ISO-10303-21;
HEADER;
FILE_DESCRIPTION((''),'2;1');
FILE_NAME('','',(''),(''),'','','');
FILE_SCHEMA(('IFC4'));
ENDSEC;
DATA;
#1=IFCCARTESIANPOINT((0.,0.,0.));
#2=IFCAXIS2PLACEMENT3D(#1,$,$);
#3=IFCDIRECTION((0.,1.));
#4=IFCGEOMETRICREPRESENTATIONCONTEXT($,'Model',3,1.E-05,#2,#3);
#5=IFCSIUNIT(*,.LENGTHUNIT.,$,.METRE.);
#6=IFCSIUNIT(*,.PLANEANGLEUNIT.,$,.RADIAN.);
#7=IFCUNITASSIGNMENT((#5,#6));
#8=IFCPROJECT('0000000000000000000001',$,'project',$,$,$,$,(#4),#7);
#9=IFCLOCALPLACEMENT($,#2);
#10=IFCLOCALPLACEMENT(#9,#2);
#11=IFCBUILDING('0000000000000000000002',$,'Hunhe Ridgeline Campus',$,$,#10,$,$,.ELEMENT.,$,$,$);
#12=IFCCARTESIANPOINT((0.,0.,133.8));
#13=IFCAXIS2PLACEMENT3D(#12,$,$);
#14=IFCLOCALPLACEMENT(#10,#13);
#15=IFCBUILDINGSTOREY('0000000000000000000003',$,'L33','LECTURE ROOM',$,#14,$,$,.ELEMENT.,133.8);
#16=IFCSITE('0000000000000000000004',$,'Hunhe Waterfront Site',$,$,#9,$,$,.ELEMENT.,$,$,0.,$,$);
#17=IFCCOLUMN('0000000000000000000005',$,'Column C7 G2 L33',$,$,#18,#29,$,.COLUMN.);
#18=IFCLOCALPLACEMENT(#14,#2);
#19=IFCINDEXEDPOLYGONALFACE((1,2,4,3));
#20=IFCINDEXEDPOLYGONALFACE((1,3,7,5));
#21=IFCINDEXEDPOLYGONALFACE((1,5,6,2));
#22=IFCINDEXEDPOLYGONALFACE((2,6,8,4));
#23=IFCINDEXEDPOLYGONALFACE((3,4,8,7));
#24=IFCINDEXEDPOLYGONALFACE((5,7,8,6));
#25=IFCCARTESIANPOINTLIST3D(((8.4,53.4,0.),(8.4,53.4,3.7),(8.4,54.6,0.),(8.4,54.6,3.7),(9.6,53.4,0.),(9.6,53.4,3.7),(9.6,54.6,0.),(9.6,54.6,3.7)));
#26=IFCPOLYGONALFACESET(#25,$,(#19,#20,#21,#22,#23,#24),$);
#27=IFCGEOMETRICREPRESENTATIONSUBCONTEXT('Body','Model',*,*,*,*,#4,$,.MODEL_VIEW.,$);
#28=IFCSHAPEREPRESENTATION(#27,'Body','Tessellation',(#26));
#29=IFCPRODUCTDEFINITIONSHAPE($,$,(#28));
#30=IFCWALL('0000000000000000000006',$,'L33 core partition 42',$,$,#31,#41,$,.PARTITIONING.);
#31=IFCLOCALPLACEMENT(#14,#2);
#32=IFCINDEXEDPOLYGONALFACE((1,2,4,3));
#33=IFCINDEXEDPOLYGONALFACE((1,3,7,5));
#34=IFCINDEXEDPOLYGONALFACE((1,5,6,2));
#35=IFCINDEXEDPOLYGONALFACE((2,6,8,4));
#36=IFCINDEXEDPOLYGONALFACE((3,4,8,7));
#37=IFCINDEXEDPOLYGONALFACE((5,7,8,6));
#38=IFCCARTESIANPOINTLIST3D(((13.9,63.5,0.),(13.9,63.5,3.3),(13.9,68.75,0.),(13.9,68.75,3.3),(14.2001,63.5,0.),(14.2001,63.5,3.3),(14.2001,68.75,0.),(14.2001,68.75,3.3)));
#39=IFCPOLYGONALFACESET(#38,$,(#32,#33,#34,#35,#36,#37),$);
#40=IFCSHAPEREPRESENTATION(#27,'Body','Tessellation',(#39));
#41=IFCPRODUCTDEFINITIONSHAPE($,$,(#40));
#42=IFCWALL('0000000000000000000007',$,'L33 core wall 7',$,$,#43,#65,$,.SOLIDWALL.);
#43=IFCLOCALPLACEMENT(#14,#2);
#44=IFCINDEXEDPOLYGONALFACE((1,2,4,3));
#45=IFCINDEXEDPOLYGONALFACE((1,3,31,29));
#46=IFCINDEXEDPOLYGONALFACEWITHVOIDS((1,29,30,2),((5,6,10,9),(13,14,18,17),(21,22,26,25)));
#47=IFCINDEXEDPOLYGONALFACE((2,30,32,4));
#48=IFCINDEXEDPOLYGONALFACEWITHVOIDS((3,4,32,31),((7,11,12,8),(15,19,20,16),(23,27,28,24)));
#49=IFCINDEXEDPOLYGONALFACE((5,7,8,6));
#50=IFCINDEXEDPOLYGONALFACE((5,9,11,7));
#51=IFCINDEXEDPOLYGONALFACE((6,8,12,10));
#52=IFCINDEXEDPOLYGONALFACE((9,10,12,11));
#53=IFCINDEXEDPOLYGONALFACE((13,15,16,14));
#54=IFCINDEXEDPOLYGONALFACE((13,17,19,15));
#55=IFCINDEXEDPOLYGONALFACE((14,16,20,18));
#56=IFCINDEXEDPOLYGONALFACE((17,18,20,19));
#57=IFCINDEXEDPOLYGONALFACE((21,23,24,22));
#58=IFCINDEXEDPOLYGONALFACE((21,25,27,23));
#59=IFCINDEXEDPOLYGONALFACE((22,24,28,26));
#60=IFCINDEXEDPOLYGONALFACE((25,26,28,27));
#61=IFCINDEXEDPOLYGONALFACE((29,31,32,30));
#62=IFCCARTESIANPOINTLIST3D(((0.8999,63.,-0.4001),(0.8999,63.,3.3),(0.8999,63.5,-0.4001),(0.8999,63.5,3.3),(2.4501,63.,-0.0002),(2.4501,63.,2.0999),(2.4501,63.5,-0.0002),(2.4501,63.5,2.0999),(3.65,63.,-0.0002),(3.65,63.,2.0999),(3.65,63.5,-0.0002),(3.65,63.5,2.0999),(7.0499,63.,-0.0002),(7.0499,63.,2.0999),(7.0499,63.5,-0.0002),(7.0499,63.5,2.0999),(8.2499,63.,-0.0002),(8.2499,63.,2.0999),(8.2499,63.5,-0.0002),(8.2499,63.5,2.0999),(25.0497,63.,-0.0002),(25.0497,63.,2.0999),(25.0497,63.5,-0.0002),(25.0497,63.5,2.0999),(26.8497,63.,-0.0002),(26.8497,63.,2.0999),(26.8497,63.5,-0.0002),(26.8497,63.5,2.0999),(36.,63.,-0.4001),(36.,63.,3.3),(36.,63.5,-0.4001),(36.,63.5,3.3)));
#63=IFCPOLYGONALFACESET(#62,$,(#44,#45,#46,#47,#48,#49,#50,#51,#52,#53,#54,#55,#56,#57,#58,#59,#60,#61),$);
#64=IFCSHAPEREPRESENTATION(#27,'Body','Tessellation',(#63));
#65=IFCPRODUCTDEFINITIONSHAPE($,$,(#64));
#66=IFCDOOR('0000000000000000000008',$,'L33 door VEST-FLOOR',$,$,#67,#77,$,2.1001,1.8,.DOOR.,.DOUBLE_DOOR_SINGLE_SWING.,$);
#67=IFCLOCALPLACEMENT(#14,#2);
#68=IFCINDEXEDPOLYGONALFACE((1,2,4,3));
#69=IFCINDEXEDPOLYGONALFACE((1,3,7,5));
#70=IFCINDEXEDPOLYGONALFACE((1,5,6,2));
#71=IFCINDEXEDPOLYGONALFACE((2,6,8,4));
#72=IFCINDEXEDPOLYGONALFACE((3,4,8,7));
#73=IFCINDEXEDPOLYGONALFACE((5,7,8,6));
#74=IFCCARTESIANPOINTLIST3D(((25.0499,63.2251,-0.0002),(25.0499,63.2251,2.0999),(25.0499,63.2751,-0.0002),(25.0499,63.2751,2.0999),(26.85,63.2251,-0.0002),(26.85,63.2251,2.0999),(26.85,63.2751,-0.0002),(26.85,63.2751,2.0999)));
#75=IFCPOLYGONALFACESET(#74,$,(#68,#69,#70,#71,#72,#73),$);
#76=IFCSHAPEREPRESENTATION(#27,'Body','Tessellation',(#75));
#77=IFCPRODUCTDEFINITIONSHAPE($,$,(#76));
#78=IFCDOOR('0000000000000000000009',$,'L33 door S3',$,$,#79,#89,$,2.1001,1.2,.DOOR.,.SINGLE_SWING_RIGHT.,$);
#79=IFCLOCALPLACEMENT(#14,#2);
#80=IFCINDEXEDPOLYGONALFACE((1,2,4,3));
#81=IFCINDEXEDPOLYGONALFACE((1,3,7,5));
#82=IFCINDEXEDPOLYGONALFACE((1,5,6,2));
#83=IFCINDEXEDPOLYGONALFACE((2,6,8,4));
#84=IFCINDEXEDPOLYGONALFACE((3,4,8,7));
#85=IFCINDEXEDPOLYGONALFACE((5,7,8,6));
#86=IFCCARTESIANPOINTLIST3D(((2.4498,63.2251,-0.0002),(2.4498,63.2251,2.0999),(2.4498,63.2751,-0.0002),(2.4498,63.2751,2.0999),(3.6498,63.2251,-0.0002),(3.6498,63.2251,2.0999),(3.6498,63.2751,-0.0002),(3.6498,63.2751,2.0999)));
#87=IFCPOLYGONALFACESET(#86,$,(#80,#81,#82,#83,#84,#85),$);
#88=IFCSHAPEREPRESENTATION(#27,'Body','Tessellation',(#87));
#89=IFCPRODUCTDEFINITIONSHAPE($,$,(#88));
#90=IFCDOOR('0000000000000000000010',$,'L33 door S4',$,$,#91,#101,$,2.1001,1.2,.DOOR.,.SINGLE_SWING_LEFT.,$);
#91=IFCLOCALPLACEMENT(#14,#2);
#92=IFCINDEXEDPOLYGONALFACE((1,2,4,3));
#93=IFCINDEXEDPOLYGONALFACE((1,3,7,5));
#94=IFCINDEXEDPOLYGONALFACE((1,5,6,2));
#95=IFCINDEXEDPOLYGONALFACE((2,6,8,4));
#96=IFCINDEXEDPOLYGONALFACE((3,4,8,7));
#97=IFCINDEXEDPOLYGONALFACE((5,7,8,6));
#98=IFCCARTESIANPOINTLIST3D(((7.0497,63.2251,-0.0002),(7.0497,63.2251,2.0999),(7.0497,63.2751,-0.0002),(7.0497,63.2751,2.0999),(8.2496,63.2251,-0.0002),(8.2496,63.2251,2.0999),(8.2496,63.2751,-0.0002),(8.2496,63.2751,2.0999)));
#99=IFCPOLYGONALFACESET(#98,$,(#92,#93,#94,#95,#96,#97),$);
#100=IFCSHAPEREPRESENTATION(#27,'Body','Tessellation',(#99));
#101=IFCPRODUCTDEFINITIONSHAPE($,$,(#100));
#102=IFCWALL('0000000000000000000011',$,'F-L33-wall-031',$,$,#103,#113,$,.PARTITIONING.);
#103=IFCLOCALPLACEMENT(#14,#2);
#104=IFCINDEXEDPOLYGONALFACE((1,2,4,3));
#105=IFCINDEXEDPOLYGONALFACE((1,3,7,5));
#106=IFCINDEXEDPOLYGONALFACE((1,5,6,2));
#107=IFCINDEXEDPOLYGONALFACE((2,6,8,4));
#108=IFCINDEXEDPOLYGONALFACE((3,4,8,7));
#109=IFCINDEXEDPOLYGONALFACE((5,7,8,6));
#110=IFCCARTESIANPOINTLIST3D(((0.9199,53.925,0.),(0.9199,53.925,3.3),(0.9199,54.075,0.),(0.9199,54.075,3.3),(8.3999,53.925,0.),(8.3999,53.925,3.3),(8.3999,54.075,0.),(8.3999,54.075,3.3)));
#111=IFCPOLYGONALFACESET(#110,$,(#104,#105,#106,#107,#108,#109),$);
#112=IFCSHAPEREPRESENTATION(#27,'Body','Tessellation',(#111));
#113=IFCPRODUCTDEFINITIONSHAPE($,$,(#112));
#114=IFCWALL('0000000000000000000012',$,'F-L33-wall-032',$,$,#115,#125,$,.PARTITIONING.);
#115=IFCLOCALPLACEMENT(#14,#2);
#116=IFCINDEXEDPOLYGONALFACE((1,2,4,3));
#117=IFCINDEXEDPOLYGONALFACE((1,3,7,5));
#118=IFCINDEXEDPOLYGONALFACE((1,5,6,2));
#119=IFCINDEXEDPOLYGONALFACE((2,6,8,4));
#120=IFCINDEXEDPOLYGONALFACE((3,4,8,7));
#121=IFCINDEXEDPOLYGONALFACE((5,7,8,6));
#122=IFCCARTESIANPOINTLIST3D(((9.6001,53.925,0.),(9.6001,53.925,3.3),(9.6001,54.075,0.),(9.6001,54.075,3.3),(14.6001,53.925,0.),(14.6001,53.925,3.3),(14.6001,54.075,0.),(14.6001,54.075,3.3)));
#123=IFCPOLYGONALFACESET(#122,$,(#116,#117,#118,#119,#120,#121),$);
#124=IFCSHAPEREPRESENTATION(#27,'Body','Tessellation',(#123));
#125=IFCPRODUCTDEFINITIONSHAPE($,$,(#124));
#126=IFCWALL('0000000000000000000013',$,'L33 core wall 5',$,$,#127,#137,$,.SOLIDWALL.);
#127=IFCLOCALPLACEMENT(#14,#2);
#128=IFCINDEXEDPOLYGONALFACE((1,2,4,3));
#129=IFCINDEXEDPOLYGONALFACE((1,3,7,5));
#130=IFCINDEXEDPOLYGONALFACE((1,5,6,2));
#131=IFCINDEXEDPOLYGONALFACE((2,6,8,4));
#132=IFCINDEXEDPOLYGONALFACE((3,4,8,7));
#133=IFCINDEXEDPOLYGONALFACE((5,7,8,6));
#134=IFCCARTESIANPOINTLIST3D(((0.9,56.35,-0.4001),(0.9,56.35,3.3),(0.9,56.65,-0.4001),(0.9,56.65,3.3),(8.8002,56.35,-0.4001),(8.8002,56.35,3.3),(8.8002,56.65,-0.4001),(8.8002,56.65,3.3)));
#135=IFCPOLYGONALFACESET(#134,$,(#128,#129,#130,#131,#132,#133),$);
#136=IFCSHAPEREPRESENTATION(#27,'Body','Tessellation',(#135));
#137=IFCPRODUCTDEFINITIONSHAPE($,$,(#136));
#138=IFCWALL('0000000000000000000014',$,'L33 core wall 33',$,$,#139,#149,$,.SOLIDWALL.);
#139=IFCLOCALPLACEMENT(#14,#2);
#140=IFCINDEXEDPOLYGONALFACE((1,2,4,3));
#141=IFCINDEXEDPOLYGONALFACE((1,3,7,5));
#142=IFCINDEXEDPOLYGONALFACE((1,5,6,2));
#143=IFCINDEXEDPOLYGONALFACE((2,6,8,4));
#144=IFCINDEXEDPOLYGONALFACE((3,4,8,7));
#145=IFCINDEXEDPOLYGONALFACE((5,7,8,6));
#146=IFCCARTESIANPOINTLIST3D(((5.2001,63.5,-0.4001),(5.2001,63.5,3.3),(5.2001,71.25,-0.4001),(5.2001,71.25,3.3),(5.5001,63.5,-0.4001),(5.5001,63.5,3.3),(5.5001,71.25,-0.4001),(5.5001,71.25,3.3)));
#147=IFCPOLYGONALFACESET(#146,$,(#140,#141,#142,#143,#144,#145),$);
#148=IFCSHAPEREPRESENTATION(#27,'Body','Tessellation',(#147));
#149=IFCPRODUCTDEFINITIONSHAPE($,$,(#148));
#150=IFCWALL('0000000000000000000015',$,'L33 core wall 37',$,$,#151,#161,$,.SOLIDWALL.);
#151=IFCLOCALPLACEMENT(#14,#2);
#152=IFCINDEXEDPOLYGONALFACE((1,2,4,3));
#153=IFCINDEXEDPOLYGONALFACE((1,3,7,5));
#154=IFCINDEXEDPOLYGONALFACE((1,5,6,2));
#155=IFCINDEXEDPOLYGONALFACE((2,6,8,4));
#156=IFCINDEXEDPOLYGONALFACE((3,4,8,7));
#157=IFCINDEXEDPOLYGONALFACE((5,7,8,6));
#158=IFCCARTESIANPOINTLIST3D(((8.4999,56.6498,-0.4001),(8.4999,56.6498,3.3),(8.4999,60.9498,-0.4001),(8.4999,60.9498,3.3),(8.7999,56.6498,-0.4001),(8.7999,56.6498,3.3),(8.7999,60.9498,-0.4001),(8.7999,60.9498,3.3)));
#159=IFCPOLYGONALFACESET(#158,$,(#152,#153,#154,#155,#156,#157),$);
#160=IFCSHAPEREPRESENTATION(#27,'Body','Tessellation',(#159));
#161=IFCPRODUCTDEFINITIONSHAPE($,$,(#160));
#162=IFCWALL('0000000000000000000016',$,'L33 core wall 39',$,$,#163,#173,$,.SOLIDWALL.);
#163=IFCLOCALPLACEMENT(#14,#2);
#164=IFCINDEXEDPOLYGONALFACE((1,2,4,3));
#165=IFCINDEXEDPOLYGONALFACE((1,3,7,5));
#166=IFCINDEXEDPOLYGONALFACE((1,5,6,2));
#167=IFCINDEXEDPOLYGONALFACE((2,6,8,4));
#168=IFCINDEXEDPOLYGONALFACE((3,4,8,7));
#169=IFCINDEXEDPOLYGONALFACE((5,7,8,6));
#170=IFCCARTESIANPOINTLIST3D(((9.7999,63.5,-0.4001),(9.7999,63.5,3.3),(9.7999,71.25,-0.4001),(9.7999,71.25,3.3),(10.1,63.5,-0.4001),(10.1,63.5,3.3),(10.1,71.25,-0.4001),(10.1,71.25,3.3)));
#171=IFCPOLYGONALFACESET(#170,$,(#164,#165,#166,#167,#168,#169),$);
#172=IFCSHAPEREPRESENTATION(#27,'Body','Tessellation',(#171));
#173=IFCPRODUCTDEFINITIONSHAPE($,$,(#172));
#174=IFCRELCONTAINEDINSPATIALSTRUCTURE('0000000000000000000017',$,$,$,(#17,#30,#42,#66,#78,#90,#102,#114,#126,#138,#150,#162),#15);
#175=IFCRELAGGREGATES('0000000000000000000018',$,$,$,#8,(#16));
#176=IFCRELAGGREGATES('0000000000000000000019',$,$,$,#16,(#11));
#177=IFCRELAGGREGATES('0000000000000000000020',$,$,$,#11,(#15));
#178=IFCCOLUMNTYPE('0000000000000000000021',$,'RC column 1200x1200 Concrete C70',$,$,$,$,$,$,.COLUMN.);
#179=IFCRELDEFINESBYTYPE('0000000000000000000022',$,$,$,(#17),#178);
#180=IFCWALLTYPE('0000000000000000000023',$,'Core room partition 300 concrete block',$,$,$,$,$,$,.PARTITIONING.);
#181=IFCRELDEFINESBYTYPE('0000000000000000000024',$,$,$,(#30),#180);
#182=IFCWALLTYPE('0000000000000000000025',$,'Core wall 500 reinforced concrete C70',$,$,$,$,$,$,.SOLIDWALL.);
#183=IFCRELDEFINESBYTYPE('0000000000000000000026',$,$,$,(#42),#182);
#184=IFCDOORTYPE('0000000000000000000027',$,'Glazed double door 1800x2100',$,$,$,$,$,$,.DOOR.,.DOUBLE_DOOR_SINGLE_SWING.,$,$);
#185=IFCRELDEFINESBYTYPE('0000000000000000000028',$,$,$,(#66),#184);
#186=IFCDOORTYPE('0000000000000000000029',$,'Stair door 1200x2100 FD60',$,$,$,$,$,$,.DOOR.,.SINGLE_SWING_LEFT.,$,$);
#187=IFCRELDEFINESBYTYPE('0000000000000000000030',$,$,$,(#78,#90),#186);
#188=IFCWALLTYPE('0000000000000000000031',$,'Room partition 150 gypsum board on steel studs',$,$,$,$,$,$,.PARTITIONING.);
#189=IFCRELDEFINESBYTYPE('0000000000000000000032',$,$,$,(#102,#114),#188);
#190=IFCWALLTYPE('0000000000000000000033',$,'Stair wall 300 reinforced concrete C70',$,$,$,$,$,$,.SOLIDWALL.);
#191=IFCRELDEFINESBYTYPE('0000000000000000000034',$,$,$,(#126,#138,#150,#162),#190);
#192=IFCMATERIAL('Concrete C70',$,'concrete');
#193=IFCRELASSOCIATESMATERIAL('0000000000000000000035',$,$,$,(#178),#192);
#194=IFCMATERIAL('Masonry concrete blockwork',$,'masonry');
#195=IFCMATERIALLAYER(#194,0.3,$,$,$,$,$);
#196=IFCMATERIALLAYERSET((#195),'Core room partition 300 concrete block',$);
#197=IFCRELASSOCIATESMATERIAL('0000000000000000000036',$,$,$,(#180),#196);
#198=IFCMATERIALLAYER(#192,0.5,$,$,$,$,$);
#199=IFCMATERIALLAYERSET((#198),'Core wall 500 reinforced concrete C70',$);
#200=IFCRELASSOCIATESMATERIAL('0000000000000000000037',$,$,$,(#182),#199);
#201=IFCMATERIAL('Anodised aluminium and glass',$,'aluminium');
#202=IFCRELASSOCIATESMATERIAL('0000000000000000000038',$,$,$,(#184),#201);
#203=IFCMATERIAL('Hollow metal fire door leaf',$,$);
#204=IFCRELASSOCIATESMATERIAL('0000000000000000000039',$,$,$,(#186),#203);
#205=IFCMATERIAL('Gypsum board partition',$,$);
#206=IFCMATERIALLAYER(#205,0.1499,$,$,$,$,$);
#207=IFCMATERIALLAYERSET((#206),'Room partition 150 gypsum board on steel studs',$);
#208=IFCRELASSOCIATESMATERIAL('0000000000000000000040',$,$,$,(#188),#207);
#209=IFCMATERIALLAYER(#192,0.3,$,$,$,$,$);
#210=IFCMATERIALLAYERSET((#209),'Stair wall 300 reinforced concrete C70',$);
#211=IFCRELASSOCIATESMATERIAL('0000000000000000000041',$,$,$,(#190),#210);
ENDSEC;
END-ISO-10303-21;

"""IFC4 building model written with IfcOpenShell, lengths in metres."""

from ifc_helpers import new_model, si_unit, direction, frame, frame_2d, origin, origin_2d, place, context, subcontext, project, spatial, rectangle, extrude, material, layer, layer_set, material_profile, profile_set, type_object, element, fill, save


model = new_model("IFC4")

# Units and contexts
model_context = context("Model", 3, precision=1e-05, world=origin(), true_north=direction((0.0, 1.0)))
body_context = subcontext(model_context, "Body", "Model", "MODEL_VIEW")
ifc_project = project(units=[si_unit("LENGTHUNIT", "METRE"), si_unit("PLANEANGLEUNIT", "RADIAN")], contexts=[model_context])

# Site, building, storey
site_placement = place(None, origin())
site = spatial("IfcSite", under=ifc_project, at=site_placement, Name="Hunhe Waterfront Site", CompositionType="ELEMENT", RefElevation=0.0)
building_placement = place(site_placement, origin())
building = spatial("IfcBuilding", under=site, at=building_placement, Name="Hunhe Ridgeline Campus", CompositionType="ELEMENT")
storey_placement = place(building_placement, frame((0.0, 0.0, 133.8)))
storey = spatial("IfcBuildingStorey", under=building, at=storey_placement, Name="L33", Description="LECTURE ROOM", CompositionType="ELEMENT", Elevation=133.8)

# Column
ifc_material_1 = material(Name="Concrete C70", Category="concrete")
ifc_material_profile = material_profile(ifc_material_1, rectangle(XDim=1.2, YDim=1.2, at=origin_2d()))
ifc_profile_set = profile_set([ifc_material_profile], Name="Concrete C70")
column_type = type_object("IfcColumnType", Name="RC column 1200x1200 Concrete C70", PredefinedType="COLUMN", material=ifc_profile_set)
column_placement = place(storey_placement, frame((9.0, 54.0, 0.0), z_axis=(0.0, 0.0, 1.0), x_axis=(1.0, 0.0, 0.0)))
element("IfcColumn", 1, at=column_placement, inside=storey, type_object=column_type, Name="Column C7 G2 L33", PredefinedType="COLUMN", context=body_context, shape_type="SweptSolid", body=[
    extrude(rectangle(XDim=1.2, YDim=1.2, at=origin_2d()), origin(), (0.0, 0.0, 1.0), 3.7),
])

# Shared definitions
ifc_material_2 = material(Name="Masonry concrete blockwork", Category="masonry")
ifc_layer_1 = layer(ifc_material_2, 0.3)
ifc_layer_set_1 = layer_set([ifc_layer_1], Name="Core room partition 300 concrete block")
wall_type_1 = type_object("IfcWallType", Name="Core room partition 300 concrete block", PredefinedType="PARTITIONING", material=ifc_layer_set_1)

# Wall
wall_1_placement = place(storey_placement, frame((14.05, 63.5, 0.0), z_axis=(0.0, 0.0, 1.0), x_axis=(0.0, 1.0, 0.0)))
element("IfcWall", 2, at=wall_1_placement, inside=storey, type_object=wall_type_1, Name="L33 core partition 42", PredefinedType="PARTITIONING", context=body_context, shape_type="SweptSolid", body=[
    extrude(rectangle(XDim=5.25, YDim=0.3, at=frame_2d((2.625, 0.0))), origin(), (0.0, 0.0, 1.0), 3.3),
])

# Wall, openings, doors
ifc_layer_2 = layer(ifc_material_1, 0.5)
ifc_layer_set_2 = layer_set([ifc_layer_2], Name="Core wall 500 reinforced concrete C70")
wall_type_2 = type_object("IfcWallType", Name="Core wall 500 reinforced concrete C70", PredefinedType="SOLIDWALL", material=ifc_layer_set_2)
wall_2_placement = place(storey_placement, frame((0.8999, 63.25, -0.4001), z_axis=(0.0, 0.0, 1.0), x_axis=(1.0, 0.0, 0.0)))
wall_2 = element("IfcWall", 3, at=wall_2_placement, inside=storey, type_object=wall_type_2, Name="L33 core wall 7", PredefinedType="SOLIDWALL", context=body_context, shape_type="SweptSolid", body=[
    extrude(rectangle(XDim=35.1001, YDim=0.5, at=frame_2d((17.55, 0.0))), origin(), (0.0, 0.0, 1.0), 3.7002),
])
opening_1_placement = place(wall_2_placement, frame((24.1499, 0.0, 0.3999)))
opening_1 = element("IfcOpeningElement", 4, at=opening_1_placement, cuts=wall_2, PredefinedType="OPENING", context=body_context, shape_type="SweptSolid", body=[
    extrude(rectangle(XDim=1.8, YDim=2.1001, at=frame_2d((0.8999, 1.05))), frame((0.0, 0.25, 0.0), z_axis=(0.0, -1.0, 0.0), x_axis=(1.0, 0.0, 0.0)), (0.0, 0.0, 1.0), 0.5),
])
opening_2_placement = place(wall_2_placement, frame((1.55, 0.0, 0.3999)))
opening_2 = element("IfcOpeningElement", 5, at=opening_2_placement, cuts=wall_2, PredefinedType="OPENING", context=body_context, shape_type="SweptSolid", body=[
    extrude(rectangle(XDim=1.2, YDim=2.1001, at=frame_2d((0.6001, 1.05))), frame((0.0, 0.25, 0.0), z_axis=(0.0, -1.0, 0.0), x_axis=(1.0, 0.0, 0.0)), (0.0, 0.0, 1.0), 0.5),
])
opening_3_placement = place(wall_2_placement, frame((6.1499, 0.0, 0.3999)))
opening_3 = element("IfcOpeningElement", 6, at=opening_3_placement, cuts=wall_2, PredefinedType="OPENING", context=body_context, shape_type="SweptSolid", body=[
    extrude(rectangle(XDim=1.2, YDim=2.1001, at=frame_2d((0.6001, 1.05))), frame((0.0, 0.25, 0.0), z_axis=(0.0, -1.0, 0.0), x_axis=(1.0, 0.0, 0.0)), (0.0, 0.0, 1.0), 0.5),
])
ifc_material_3 = material(Name="Anodised aluminium and glass", Category="aluminium")
door_type_1 = type_object("IfcDoorType", Name="Glazed double door 1800x2100", OperationType="DOUBLE_DOOR_SINGLE_SWING", PredefinedType="DOOR", material=ifc_material_3)
door_1_placement = place(opening_1_placement, frame((1.8, 0.0, 0.0), z_axis=(0.0, 0.0, 1.0), x_axis=(-1.0, 0.0, 0.0)))
door_1 = element("IfcDoor", 7, at=door_1_placement, inside=storey, type_object=door_type_1, Name="L33 door VEST-FLOOR", OperationType="DOUBLE_DOOR_SINGLE_SWING", OverallHeight=2.1001, OverallWidth=1.8, PredefinedType="DOOR", context=body_context, shape_type="SweptSolid", body=[
    extrude(rectangle(XDim=1.8, YDim=2.1001, at=frame_2d((0.8999, 1.05))), frame((0.0, 0.0249, 0.0), z_axis=(0.0, -1.0, 0.0), x_axis=(1.0, 0.0, 0.0)), (0.0, 0.0, 1.0), 0.05),
])
fill(opening_1, door_1)
ifc_material_4 = material(Name="Hollow metal fire door leaf")
door_type_2 = type_object("IfcDoorType", Name="Stair door 1200x2100 FD60", OperationType="SINGLE_SWING_LEFT", PredefinedType="DOOR", material=ifc_material_4)
door_2_placement = place(opening_2_placement, frame((1.2, 0.0, 0.0), z_axis=(0.0, 0.0, 1.0), x_axis=(-1.0, 0.0, 0.0)))
door_2 = element("IfcDoor", 8, at=door_2_placement, inside=storey, type_object=door_type_2, Name="L33 door S3", OperationType="SINGLE_SWING_RIGHT", OverallHeight=2.1001, OverallWidth=1.2, PredefinedType="DOOR", context=body_context, shape_type="SweptSolid", body=[
    extrude(rectangle(XDim=1.2, YDim=2.1001, at=frame_2d((0.6001, 1.05))), frame((0.0, 0.0249, 0.0), z_axis=(0.0, -1.0, 0.0), x_axis=(1.0, 0.0, 0.0)), (0.0, 0.0, 1.0), 0.05),
])
fill(opening_2, door_2)
door_3_placement = place(opening_3_placement, frame((1.2, 0.0, 0.0), z_axis=(0.0, 0.0, 1.0), x_axis=(-1.0, 0.0, 0.0)))
door_3 = element("IfcDoor", 9, at=door_3_placement, inside=storey, type_object=door_type_2, Name="L33 door S4", OperationType="SINGLE_SWING_LEFT", OverallHeight=2.1001, OverallWidth=1.2, PredefinedType="DOOR", context=body_context, shape_type="SweptSolid", body=[
    extrude(rectangle(XDim=1.2, YDim=2.1001, at=frame_2d((0.6001, 1.05))), frame((0.0, 0.0249, 0.0), z_axis=(0.0, -1.0, 0.0), x_axis=(1.0, 0.0, 0.0)), (0.0, 0.0, 1.0), 0.05),
])
fill(opening_3, door_3)

# Walls
ifc_material_5 = material(Name="Gypsum board partition")
ifc_layer_3 = layer(ifc_material_5, 0.1499)
ifc_layer_set_3 = layer_set([ifc_layer_3], Name="Room partition 150 gypsum board on steel studs")
wall_type_3 = type_object("IfcWallType", Name="Room partition 150 gypsum board on steel studs", PredefinedType="PARTITIONING", material=ifc_layer_set_3)
wall_3_placement = place(storey_placement, frame((0.9199, 54.0, 0.0), z_axis=(0.0, 0.0, 1.0), x_axis=(1.0, 0.0, 0.0)))
element("IfcWall", 10, at=wall_3_placement, inside=storey, type_object=wall_type_3, Name="F-L33-wall-031", PredefinedType="PARTITIONING", context=body_context, shape_type="SweptSolid", body=[
    extrude(rectangle(XDim=7.48, YDim=0.1499, at=frame_2d((3.74, 0.0))), origin(), (0.0, 0.0, 1.0), 3.3),
])
wall_4_placement = place(storey_placement, frame((9.6001, 54.0, 0.0), z_axis=(0.0, 0.0, 1.0), x_axis=(1.0, 0.0, 0.0)))
element("IfcWall", 11, at=wall_4_placement, inside=storey, type_object=wall_type_3, Name="F-L33-wall-032", PredefinedType="PARTITIONING", context=body_context, shape_type="SweptSolid", body=[
    extrude(rectangle(XDim=5.0, YDim=0.1499, at=frame_2d((2.5, 0.0))), origin(), (0.0, 0.0, 1.0), 3.3),
])
ifc_layer_4 = layer(ifc_material_1, 0.3)
ifc_layer_set_4 = layer_set([ifc_layer_4], Name="Stair wall 300 reinforced concrete C70")
wall_type_4 = type_object("IfcWallType", Name="Stair wall 300 reinforced concrete C70", PredefinedType="SOLIDWALL", material=ifc_layer_set_4)
wall_5_placement = place(storey_placement, frame((0.8999, 56.5, -0.4001), z_axis=(0.0, 0.0, 1.0), x_axis=(1.0, 0.0, 0.0)))
element("IfcWall", 12, at=wall_5_placement, inside=storey, type_object=wall_type_4, Name="L33 core wall 5", PredefinedType="SOLIDWALL", context=body_context, shape_type="SweptSolid", body=[
    extrude(rectangle(XDim=7.9001, YDim=0.3, at=frame_2d((3.9502, 0.0))), origin(), (0.0, 0.0, 1.0), 3.7002),
])

# Walls
wall_6_placement = place(storey_placement, frame((5.3501, 63.5, -0.4001), z_axis=(0.0, 0.0, 1.0), x_axis=(0.0, 1.0, 0.0)))
element("IfcWall", 13, at=wall_6_placement, inside=storey, type_object=wall_type_4, Name="L33 core wall 33", PredefinedType="SOLIDWALL", context=body_context, shape_type="SweptSolid", body=[
    extrude(rectangle(XDim=7.75, YDim=0.3, at=frame_2d((3.875, 0.0))), origin(), (0.0, 0.0, 1.0), 3.7002),
])
wall_7_placement = place(storey_placement, frame((8.6499, 56.6499, -0.4001), z_axis=(0.0, 0.0, 1.0), x_axis=(0.0, 1.0, 0.0)))
element("IfcWall", 14, at=wall_7_placement, inside=storey, type_object=wall_type_4, Name="L33 core wall 37", PredefinedType="SOLIDWALL", context=body_context, shape_type="SweptSolid", body=[
    extrude(rectangle(XDim=4.3, YDim=0.3, at=frame_2d((2.1499, 0.0))), origin(), (0.0, 0.0, 1.0), 3.7002),
])
wall_8_placement = place(storey_placement, frame((9.95, 63.5, -0.4001), z_axis=(0.0, 0.0, 1.0), x_axis=(0.0, 1.0, 0.0)))
element("IfcWall", 15, at=wall_8_placement, inside=storey, type_object=wall_type_4, Name="L33 core wall 39", PredefinedType="SOLIDWALL", context=body_context, shape_type="SweptSolid", body=[
    extrude(rectangle(XDim=7.75, YDim=0.3, at=frame_2d((3.875, 0.0))), origin(), (0.0, 0.0, 1.0), 3.7002),
])

save(model, "model.ifc")
